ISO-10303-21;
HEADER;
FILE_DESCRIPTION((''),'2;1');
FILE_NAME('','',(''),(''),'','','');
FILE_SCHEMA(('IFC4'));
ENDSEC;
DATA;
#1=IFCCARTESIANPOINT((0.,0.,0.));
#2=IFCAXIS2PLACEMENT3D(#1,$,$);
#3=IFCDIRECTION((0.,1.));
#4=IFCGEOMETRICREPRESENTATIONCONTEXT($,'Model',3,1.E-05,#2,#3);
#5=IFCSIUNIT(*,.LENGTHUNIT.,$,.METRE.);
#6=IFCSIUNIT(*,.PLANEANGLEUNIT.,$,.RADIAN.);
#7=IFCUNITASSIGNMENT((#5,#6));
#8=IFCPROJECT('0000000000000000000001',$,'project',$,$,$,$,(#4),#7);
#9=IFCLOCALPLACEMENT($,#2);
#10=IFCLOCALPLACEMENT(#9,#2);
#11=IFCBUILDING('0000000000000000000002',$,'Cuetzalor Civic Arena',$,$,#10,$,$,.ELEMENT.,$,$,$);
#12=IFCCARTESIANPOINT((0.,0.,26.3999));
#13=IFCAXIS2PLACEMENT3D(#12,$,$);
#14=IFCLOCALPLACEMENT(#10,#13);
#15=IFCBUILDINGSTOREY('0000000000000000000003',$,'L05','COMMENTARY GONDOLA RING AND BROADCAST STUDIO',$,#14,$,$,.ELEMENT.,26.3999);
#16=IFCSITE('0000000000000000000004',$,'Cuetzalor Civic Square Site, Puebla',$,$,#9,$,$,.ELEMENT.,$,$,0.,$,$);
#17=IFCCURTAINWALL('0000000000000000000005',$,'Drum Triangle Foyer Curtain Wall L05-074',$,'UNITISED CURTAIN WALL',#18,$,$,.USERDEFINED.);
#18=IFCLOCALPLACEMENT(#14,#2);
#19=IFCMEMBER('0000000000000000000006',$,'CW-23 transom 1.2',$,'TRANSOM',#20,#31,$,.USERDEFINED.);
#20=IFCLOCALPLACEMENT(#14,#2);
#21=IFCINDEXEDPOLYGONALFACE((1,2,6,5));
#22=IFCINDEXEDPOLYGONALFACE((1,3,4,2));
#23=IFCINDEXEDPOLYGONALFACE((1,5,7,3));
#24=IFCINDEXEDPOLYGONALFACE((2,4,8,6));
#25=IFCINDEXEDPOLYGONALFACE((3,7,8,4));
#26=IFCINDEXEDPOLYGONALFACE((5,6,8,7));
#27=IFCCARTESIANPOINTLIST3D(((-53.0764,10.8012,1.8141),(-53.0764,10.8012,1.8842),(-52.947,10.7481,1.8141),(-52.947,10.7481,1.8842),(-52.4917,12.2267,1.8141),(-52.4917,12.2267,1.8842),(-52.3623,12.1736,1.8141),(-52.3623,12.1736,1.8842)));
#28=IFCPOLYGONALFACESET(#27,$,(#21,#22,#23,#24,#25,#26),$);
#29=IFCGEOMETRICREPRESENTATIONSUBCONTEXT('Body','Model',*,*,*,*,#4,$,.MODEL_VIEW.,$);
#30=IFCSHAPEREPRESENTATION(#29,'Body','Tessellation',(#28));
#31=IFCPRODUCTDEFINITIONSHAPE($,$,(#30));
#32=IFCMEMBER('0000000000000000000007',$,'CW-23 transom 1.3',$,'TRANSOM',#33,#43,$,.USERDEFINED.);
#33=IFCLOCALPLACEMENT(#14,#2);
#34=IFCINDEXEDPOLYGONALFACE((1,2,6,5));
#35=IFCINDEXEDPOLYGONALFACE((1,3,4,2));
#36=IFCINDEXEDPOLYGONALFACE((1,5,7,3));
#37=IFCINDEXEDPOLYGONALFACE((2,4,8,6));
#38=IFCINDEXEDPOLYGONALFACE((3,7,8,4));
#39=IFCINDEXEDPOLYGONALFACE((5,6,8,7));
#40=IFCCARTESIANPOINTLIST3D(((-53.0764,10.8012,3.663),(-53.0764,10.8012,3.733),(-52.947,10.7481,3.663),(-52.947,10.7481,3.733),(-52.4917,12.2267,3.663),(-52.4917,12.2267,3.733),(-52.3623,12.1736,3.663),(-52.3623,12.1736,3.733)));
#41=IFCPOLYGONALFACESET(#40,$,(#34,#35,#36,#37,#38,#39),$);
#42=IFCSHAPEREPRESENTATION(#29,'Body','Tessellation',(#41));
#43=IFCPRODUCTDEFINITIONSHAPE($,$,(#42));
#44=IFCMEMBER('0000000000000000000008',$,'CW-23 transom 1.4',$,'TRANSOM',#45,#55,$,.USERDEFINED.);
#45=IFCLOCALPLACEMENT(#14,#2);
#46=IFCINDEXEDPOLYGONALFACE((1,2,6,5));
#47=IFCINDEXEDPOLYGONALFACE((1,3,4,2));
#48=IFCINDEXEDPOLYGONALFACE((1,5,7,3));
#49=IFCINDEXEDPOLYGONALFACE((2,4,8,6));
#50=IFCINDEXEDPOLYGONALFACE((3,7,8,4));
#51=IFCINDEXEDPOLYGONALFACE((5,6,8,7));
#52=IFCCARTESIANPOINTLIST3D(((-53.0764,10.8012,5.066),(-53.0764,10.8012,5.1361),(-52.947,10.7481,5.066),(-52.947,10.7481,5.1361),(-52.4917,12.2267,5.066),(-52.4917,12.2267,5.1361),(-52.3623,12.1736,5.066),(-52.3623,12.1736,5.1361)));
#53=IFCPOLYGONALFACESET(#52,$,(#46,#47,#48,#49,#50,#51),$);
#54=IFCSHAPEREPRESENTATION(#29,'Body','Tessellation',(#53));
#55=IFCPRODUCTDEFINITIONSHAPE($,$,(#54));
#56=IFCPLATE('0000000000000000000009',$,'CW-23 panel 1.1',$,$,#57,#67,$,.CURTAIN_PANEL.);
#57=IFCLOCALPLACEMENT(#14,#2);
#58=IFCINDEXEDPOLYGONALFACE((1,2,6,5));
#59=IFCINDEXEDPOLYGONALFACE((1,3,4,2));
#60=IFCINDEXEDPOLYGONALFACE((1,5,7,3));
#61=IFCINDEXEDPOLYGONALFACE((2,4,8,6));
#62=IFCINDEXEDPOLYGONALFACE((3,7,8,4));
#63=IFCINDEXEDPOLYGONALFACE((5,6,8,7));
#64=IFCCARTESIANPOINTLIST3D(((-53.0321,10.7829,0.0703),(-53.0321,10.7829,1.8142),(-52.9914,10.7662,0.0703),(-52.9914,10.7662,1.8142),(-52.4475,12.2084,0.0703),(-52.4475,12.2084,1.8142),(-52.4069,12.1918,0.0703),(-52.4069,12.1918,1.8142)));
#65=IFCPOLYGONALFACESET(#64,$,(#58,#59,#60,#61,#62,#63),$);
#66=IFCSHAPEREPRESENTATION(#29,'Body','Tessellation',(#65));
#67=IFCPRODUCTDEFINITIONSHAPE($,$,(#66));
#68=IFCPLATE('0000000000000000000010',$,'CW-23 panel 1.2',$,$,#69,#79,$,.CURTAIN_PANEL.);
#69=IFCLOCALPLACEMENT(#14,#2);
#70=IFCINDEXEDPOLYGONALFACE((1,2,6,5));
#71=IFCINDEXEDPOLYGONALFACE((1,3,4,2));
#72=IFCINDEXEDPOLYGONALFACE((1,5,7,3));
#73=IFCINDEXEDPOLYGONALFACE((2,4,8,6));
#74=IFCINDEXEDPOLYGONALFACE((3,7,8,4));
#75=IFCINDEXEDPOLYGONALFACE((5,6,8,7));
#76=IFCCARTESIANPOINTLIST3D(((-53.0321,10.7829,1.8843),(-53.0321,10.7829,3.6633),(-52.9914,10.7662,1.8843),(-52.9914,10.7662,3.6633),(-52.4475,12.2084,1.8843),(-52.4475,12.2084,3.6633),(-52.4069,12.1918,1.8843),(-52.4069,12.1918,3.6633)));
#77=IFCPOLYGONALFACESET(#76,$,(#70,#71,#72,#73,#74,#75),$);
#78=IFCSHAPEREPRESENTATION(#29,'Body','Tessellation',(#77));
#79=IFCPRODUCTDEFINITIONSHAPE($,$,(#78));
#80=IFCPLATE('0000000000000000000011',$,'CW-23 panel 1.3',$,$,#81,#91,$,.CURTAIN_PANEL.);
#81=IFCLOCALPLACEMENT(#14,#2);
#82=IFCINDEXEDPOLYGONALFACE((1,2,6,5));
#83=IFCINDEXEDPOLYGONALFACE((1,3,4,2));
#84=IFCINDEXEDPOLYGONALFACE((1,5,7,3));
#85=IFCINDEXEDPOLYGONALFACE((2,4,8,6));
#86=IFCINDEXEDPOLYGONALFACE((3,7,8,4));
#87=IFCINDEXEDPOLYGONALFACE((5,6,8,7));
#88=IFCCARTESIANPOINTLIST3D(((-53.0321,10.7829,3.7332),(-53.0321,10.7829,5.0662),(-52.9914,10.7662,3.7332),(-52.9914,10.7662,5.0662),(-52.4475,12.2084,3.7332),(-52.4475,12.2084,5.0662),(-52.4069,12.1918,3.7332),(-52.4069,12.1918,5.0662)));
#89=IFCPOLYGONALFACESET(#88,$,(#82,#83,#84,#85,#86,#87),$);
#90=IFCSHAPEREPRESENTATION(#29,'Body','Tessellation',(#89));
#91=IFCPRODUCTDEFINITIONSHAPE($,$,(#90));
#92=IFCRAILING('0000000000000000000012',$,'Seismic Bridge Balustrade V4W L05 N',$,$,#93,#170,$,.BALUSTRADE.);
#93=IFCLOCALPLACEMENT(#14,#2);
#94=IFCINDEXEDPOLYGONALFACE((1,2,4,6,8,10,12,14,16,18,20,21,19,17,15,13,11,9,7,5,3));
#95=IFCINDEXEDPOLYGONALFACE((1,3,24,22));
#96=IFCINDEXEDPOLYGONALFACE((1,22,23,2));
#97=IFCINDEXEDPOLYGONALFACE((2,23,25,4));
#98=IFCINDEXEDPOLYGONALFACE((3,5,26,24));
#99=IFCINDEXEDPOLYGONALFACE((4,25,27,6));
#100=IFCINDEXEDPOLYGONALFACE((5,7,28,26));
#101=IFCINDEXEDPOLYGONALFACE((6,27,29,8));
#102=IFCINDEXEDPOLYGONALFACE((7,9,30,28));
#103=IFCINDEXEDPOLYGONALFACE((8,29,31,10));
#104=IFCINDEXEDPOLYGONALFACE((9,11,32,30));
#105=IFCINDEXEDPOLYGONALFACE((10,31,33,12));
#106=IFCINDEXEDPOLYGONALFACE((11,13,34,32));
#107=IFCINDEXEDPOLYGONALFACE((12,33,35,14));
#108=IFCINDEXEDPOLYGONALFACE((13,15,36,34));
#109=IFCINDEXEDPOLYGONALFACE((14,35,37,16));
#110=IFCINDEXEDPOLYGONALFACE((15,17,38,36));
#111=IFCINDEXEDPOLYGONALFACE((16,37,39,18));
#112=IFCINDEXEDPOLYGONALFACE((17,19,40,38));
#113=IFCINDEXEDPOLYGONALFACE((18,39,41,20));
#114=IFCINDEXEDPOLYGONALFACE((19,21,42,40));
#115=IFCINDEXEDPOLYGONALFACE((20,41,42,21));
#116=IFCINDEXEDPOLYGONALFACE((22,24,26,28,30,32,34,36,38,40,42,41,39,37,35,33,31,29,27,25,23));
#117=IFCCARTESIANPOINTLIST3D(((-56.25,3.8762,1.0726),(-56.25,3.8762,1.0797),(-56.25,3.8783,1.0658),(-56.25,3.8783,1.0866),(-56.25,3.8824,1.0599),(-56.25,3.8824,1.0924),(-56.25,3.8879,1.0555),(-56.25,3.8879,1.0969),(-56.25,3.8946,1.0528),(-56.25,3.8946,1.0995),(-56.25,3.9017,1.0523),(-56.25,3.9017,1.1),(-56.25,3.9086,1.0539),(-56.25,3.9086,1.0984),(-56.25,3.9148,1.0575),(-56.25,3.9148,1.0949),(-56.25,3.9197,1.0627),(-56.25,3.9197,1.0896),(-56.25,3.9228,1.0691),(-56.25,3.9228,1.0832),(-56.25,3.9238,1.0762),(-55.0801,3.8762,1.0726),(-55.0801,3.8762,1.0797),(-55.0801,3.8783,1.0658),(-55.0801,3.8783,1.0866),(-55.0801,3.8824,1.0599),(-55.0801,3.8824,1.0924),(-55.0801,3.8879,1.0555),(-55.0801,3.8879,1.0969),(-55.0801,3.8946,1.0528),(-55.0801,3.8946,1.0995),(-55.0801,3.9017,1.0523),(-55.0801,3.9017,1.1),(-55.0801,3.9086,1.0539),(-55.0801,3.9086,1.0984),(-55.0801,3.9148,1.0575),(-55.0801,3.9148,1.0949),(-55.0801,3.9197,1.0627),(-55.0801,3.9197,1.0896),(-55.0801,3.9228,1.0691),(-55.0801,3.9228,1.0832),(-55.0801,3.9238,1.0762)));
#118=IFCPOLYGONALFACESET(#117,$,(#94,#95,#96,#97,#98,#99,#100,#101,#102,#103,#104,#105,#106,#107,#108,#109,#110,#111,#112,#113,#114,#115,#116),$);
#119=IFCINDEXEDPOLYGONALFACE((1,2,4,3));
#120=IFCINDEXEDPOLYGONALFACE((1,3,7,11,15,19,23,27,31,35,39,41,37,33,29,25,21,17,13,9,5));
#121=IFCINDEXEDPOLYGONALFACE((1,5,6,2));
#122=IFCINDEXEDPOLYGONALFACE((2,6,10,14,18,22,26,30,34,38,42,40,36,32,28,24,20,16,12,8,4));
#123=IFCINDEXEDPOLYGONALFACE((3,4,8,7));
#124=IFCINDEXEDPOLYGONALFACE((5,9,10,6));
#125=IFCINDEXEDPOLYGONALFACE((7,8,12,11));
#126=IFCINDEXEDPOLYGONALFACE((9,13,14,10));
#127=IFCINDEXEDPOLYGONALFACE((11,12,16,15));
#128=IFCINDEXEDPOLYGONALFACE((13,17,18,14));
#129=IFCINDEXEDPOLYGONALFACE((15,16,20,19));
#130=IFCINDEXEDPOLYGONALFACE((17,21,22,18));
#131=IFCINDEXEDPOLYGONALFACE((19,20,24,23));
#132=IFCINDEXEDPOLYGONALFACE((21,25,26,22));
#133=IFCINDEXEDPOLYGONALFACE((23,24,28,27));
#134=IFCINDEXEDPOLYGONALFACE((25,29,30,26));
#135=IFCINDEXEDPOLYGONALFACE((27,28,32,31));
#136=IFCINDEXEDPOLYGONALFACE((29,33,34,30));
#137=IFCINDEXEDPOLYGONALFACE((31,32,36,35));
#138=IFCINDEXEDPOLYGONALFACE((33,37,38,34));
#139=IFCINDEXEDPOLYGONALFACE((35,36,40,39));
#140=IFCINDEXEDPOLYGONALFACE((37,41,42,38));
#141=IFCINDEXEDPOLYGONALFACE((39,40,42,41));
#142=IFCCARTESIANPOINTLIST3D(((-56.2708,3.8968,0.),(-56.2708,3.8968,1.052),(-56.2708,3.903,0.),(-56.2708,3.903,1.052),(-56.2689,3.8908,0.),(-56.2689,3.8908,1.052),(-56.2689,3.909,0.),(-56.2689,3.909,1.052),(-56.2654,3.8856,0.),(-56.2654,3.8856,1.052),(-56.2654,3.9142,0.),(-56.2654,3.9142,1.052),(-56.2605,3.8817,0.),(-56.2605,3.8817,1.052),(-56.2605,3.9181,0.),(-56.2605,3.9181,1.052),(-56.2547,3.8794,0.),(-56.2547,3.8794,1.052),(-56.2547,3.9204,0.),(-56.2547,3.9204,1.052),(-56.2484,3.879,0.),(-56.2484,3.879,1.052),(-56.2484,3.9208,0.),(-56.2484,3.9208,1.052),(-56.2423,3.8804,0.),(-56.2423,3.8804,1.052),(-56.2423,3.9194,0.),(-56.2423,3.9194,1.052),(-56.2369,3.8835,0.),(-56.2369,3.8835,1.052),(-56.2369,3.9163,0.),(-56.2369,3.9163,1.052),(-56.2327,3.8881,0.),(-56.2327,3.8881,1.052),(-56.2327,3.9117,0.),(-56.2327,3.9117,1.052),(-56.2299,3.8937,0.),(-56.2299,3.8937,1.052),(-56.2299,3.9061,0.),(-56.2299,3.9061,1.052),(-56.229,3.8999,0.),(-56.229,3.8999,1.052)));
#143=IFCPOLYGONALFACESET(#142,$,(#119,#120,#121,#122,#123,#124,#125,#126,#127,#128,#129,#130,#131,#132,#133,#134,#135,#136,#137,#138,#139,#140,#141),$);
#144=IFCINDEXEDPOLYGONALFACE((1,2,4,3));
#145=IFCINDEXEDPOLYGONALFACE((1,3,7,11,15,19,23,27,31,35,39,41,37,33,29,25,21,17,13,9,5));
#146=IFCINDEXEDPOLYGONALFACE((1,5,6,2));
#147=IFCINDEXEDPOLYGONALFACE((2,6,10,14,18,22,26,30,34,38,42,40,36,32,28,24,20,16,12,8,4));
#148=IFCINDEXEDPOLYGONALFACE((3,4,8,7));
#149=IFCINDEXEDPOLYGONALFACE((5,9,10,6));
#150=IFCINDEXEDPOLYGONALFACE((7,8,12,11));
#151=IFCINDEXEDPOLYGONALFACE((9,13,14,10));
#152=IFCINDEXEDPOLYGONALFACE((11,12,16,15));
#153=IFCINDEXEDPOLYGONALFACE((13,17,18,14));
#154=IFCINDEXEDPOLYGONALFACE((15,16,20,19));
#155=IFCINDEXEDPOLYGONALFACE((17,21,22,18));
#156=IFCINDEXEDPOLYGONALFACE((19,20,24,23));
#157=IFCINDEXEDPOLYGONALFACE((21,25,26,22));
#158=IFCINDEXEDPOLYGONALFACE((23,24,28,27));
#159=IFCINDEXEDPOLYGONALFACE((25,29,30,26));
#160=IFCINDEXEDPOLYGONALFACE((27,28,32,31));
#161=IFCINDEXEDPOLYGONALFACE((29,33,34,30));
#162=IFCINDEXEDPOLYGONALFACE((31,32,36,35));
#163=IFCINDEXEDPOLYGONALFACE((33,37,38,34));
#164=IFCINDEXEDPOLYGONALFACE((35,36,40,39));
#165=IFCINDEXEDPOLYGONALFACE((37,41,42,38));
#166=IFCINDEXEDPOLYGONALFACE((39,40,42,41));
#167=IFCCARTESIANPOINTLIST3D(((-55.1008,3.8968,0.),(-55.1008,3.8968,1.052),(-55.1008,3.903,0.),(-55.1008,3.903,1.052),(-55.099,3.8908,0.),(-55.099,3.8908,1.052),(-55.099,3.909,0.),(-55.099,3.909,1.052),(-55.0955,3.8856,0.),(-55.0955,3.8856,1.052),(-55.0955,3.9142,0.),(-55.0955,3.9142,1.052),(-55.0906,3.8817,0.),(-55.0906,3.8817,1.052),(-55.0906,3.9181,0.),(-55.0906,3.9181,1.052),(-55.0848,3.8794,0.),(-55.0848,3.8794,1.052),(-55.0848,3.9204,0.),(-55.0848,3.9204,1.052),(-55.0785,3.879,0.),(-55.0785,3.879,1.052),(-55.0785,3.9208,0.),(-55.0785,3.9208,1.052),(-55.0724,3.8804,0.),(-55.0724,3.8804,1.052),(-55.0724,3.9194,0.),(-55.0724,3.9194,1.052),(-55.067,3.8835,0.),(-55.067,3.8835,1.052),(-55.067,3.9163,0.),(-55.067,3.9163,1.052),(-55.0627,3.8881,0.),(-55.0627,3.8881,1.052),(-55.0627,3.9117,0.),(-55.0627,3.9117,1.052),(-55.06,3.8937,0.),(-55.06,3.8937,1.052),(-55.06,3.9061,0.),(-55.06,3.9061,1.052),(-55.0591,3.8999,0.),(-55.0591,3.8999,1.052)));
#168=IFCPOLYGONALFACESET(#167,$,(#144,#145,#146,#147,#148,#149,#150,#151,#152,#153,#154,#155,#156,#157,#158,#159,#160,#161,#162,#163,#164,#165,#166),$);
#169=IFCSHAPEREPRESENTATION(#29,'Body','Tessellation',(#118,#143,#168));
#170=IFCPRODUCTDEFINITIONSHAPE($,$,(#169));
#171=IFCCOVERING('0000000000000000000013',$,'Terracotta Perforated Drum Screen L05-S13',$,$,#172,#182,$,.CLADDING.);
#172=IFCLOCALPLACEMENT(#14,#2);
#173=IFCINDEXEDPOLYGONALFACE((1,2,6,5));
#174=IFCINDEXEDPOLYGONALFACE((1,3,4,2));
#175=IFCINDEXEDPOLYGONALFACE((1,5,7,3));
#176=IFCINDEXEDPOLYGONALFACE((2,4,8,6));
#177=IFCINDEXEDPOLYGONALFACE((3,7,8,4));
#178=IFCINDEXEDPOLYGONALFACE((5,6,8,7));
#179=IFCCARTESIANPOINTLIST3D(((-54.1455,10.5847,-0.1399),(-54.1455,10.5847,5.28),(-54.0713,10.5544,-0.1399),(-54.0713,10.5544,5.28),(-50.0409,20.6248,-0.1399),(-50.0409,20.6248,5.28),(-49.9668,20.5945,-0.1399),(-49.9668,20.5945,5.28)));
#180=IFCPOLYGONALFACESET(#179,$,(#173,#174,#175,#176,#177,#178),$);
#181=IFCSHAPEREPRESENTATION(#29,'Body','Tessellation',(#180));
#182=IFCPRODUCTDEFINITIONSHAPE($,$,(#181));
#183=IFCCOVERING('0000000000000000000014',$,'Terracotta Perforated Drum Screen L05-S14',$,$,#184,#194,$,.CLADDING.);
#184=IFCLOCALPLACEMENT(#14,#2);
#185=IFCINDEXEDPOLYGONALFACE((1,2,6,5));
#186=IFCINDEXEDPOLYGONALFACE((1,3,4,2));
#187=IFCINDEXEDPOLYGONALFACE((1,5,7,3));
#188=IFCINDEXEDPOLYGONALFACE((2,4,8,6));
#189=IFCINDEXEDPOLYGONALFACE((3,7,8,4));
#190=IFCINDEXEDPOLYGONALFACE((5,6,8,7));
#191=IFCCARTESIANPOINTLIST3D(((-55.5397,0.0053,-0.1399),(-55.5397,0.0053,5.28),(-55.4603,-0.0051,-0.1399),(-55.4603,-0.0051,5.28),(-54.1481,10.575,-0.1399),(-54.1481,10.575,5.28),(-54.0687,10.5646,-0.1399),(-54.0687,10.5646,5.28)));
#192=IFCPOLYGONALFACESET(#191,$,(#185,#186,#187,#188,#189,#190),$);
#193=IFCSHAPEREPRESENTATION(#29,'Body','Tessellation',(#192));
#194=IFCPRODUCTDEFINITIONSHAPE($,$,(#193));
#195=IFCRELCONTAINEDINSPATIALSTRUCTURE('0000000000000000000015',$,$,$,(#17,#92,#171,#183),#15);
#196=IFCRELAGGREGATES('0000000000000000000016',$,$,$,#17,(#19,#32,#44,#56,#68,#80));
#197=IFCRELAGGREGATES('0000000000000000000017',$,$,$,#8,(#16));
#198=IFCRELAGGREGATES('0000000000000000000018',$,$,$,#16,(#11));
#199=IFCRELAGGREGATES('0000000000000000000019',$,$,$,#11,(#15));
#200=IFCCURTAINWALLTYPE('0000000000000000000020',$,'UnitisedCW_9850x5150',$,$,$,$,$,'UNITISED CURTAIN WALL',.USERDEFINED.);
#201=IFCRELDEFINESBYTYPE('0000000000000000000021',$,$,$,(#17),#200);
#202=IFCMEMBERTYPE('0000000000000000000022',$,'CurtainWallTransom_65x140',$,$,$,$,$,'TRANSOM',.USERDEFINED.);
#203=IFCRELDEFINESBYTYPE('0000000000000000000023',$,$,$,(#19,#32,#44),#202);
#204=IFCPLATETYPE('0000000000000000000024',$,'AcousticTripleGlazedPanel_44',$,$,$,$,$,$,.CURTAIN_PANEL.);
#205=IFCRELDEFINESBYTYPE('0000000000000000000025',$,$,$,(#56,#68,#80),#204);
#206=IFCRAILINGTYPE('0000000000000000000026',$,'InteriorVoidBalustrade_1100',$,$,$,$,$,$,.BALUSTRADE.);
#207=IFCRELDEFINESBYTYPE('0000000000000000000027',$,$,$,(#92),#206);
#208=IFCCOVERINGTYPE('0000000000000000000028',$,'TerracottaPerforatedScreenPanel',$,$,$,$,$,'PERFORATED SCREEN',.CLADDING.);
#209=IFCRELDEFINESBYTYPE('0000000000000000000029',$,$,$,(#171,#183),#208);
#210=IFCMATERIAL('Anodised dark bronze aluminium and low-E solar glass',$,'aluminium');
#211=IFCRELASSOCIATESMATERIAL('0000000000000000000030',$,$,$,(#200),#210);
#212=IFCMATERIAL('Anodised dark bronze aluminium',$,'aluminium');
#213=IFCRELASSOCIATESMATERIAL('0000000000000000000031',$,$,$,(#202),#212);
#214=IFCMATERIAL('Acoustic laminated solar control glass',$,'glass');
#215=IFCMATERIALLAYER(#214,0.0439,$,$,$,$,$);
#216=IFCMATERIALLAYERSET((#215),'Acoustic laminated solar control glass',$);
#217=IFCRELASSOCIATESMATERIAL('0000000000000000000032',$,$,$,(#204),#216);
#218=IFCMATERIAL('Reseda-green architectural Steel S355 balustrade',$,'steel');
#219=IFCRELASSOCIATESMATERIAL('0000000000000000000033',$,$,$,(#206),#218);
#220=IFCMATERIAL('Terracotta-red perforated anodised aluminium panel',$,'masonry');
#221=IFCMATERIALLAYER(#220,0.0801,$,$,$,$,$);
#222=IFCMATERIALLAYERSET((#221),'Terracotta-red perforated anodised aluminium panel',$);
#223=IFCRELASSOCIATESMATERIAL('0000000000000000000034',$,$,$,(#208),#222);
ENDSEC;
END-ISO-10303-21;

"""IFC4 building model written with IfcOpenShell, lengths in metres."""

from ifc_helpers import new_model, si_unit, direction, frame, frame_2d, origin, origin_2d, place, context, subcontext, project, spatial, rectangle, circle, extrude, material, layer, layer_set, material_profile, profile_set, type_object, element, aggregate, save


model = new_model("IFC4")

# Units and contexts
model_context = context("Model", 3, precision=1e-05, world=origin(), true_north=direction((0.0, 1.0)))
body_context = subcontext(model_context, "Body", "Model", "MODEL_VIEW")
ifc_project = project(units=[si_unit("LENGTHUNIT", "METRE"), si_unit("PLANEANGLEUNIT", "RADIAN")], contexts=[model_context])

# Site, building, storey
site_placement = place(None, origin())
site = spatial("IfcSite", under=ifc_project, at=site_placement, Name="Cuetzalor Civic Square Site, Puebla", CompositionType="ELEMENT", RefElevation=0.0)
building_placement = place(site_placement, origin())
building = spatial("IfcBuilding", under=site, at=building_placement, Name="Cuetzalor Civic Arena", CompositionType="ELEMENT")
storey_placement = place(building_placement, frame((0.0, 0.0, 26.3999)))
storey = spatial("IfcBuildingStorey", under=building, at=storey_placement, Name="L05", Description="COMMENTARY GONDOLA RING AND BROADCAST STUDIO", CompositionType="ELEMENT", Elevation=26.3999)

# Curtain wall, members, plates
ifc_material_1 = material(Name="Anodised dark bronze aluminium and low-E solar glass", Category="aluminium")
curtain_wall_type = type_object("IfcCurtainWallType", Name="UnitisedCW_9850x5150", ElementType="UNITISED CURTAIN WALL", PredefinedType="USERDEFINED", material=ifc_material_1)
curtain_wall_placement = place(storey_placement, origin())
curtain_wall = element("IfcCurtainWall", 1, at=curtain_wall_placement, inside=storey, type_object=curtain_wall_type, Name="Drum Triangle Foyer Curtain Wall L05-074", ObjectType="UNITISED CURTAIN WALL", PredefinedType="USERDEFINED")
ifc_material_2 = material(Name="Anodised dark bronze aluminium", Category="aluminium")
ifc_material_profile_1 = material_profile(ifc_material_2, rectangle(XDim=0.1399, YDim=0.0701, at=origin_2d()), Name="ALU TRANSOM 70x140")
ifc_profile_set_1 = profile_set([ifc_material_profile_1], Name="Anodised dark bronze aluminium")
member_type_1 = type_object("IfcMemberType", Name="CurtainWallTransom_65x140", ElementType="TRANSOM", PredefinedType="USERDEFINED", material=ifc_profile_set_1)
member_1_placement = place(storey_placement, frame((-53.0117, 10.7747, 1.8491), z_axis=(0.37949, 0.925196, 0.0), x_axis=(-0.925196, 0.37949, 0.0)))
member_1 = element("IfcMember", 2, at=member_1_placement, type_object=member_type_1, Name="CW-23 transom 1.2", ObjectType="TRANSOM", PredefinedType="USERDEFINED", context=body_context, shape_type="SweptSolid", body=[
    extrude(rectangle(XDim=0.1399, YDim=0.0701, at=origin_2d()), origin(), (0.0, 0.0, 1.0), 1.5408),
])
member_2_placement = place(storey_placement, frame((-53.0117, 10.7747, 3.698), z_axis=(0.37949, 0.925196, 0.0), x_axis=(-0.925196, 0.37949, 0.0)))
member_2 = element("IfcMember", 3, at=member_2_placement, type_object=member_type_1, Name="CW-23 transom 1.3", ObjectType="TRANSOM", PredefinedType="USERDEFINED", context=body_context, shape_type="SweptSolid", body=[
    extrude(rectangle(XDim=0.1399, YDim=0.0701, at=origin_2d()), origin(), (0.0, 0.0, 1.0), 1.5408),
])
member_3_placement = place(storey_placement, frame((-53.0117, 10.7747, 5.1011), z_axis=(0.37949, 0.925196, 0.0), x_axis=(-0.925196, 0.37949, 0.0)))
member_3 = element("IfcMember", 4, at=member_3_placement, type_object=member_type_1, Name="CW-23 transom 1.4", ObjectType="TRANSOM", PredefinedType="USERDEFINED", context=body_context, shape_type="SweptSolid", body=[
    extrude(rectangle(XDim=0.1399, YDim=0.0701, at=origin_2d()), origin(), (0.0, 0.0, 1.0), 1.5408),
])
ifc_material_3 = material(Name="Acoustic laminated solar control glass", Category="glass")
ifc_layer_1 = layer(ifc_material_3, 0.0439)
ifc_layer_set_1 = layer_set([ifc_layer_1], Name="Acoustic laminated solar control glass")
plate_type = type_object("IfcPlateType", Name="AcousticTripleGlazedPanel_44", PredefinedType="CURTAIN_PANEL", material=ifc_layer_set_1)
plate_1_placement = place(storey_placement, frame((-52.7195, 11.4873, 0.0703), z_axis=(0.0, 0.0, 1.0), x_axis=(0.379391, 0.925236, 0.0)))
plate_1 = element("IfcPlate", 5, at=plate_1_placement, type_object=plate_type, Name="CW-23 panel 1.1", PredefinedType="CURTAIN_PANEL", context=body_context, shape_type="SweptSolid", body=[
    extrude(rectangle(XDim=1.5408, YDim=0.0439, at=origin_2d()), origin(), (0.0, 0.0, 1.0), 1.7439),
])
plate_2_placement = place(storey_placement, frame((-52.7195, 11.4873, 1.8843), z_axis=(0.0, 0.0, 1.0), x_axis=(0.379391, 0.925236, 0.0)))
plate_2 = element("IfcPlate", 6, at=plate_2_placement, type_object=plate_type, Name="CW-23 panel 1.2", PredefinedType="CURTAIN_PANEL", context=body_context, shape_type="SweptSolid", body=[
    extrude(rectangle(XDim=1.5408, YDim=0.0439, at=origin_2d()), origin(), (0.0, 0.0, 1.0), 1.7791),
])
plate_3_placement = place(storey_placement, frame((-52.7195, 11.4873, 3.7332), z_axis=(0.0, 0.0, 1.0), x_axis=(0.379391, 0.925236, 0.0)))
plate_3 = element("IfcPlate", 7, at=plate_3_placement, type_object=plate_type, Name="CW-23 panel 1.3", PredefinedType="CURTAIN_PANEL", context=body_context, shape_type="SweptSolid", body=[
    extrude(rectangle(XDim=1.5408, YDim=0.0439, at=origin_2d()), origin(), (0.0, 0.0, 1.0), 1.333),
])
aggregate(curtain_wall, [member_1, member_2, member_3, plate_1, plate_2, plate_3])

# Railing
ifc_material_4 = material(Name="Reseda-green architectural Steel S355 balustrade", Category="steel")
railing_type = type_object("IfcRailingType", Name="InteriorVoidBalustrade_1100", PredefinedType="BALUSTRADE", material=ifc_material_4)
railing_placement = place(storey_placement, frame((-56.25, 3.8999, 0.0)))
element("IfcRailing", 8, at=railing_placement, inside=storey, type_object=railing_type, Name="Seismic Bridge Balustrade V4W L05 N", PredefinedType="BALUSTRADE", context=body_context, shape_type="SweptSolid", body=[
    extrude(circle(Radius=0.0239, at=origin_2d()), frame((0.0, 0.0, 1.0762), z_axis=(1.0, 0.0, 0.0), x_axis=(0.0, 1.0, 0.0)), (0.0, 0.0, 1.0), 1.1699),
    extrude(circle(Radius=0.021, at=origin_2d()), origin(), (0.0, 0.0, 1.0), 1.052),
    extrude(circle(Radius=0.021, at=origin_2d()), frame((1.1699, 0.0, 0.0)), (0.0, 0.0, 1.0), 1.052),
])

# Coverings
ifc_material_5 = material(Name="Terracotta-red perforated anodised aluminium panel", Category="masonry")
ifc_layer_2 = layer(ifc_material_5, 0.0801)
ifc_layer_set_2 = layer_set([ifc_layer_2], Name="Terracotta-red perforated anodised aluminium panel")
covering_type = type_object("IfcCoveringType", Name="TerracottaPerforatedScreenPanel", ElementType="PERFORATED SCREEN", PredefinedType="CLADDING", material=ifc_layer_set_2)
covering_1_placement = place(storey_placement, frame((-54.1084, 10.5696, -0.1399), z_axis=(0.0, 0.0, 1.0), x_axis=(0.378412, 0.925637, 0.0)))
element("IfcCovering", 9, at=covering_1_placement, inside=storey, type_object=covering_type, Name="Terracotta Perforated Drum Screen L05-S13", PredefinedType="CLADDING", context=body_context, shape_type="SweptSolid", body=[
    extrude(rectangle(XDim=10.8467, YDim=0.0801, at=frame_2d((5.4233, 0.0))), origin(), (0.0, 0.0, 1.0), 5.4199),
])
covering_2_placement = place(storey_placement, frame((-55.5, 0.0, -0.1399), z_axis=(0.0, 0.0, 1.0), x_axis=(0.130534, 0.991444, 0.0)))
element("IfcCovering", 10, at=covering_2_placement, inside=storey, type_object=covering_type, Name="Terracotta Perforated Drum Screen L05-S14", PredefinedType="CLADDING", context=body_context, shape_type="SweptSolid", body=[
    extrude(rectangle(XDim=10.6609, YDim=0.0801, at=frame_2d((5.3306, 0.0))), origin(), (0.0, 0.0, 1.0), 5.4199),
])

save(model, "model.ifc")
